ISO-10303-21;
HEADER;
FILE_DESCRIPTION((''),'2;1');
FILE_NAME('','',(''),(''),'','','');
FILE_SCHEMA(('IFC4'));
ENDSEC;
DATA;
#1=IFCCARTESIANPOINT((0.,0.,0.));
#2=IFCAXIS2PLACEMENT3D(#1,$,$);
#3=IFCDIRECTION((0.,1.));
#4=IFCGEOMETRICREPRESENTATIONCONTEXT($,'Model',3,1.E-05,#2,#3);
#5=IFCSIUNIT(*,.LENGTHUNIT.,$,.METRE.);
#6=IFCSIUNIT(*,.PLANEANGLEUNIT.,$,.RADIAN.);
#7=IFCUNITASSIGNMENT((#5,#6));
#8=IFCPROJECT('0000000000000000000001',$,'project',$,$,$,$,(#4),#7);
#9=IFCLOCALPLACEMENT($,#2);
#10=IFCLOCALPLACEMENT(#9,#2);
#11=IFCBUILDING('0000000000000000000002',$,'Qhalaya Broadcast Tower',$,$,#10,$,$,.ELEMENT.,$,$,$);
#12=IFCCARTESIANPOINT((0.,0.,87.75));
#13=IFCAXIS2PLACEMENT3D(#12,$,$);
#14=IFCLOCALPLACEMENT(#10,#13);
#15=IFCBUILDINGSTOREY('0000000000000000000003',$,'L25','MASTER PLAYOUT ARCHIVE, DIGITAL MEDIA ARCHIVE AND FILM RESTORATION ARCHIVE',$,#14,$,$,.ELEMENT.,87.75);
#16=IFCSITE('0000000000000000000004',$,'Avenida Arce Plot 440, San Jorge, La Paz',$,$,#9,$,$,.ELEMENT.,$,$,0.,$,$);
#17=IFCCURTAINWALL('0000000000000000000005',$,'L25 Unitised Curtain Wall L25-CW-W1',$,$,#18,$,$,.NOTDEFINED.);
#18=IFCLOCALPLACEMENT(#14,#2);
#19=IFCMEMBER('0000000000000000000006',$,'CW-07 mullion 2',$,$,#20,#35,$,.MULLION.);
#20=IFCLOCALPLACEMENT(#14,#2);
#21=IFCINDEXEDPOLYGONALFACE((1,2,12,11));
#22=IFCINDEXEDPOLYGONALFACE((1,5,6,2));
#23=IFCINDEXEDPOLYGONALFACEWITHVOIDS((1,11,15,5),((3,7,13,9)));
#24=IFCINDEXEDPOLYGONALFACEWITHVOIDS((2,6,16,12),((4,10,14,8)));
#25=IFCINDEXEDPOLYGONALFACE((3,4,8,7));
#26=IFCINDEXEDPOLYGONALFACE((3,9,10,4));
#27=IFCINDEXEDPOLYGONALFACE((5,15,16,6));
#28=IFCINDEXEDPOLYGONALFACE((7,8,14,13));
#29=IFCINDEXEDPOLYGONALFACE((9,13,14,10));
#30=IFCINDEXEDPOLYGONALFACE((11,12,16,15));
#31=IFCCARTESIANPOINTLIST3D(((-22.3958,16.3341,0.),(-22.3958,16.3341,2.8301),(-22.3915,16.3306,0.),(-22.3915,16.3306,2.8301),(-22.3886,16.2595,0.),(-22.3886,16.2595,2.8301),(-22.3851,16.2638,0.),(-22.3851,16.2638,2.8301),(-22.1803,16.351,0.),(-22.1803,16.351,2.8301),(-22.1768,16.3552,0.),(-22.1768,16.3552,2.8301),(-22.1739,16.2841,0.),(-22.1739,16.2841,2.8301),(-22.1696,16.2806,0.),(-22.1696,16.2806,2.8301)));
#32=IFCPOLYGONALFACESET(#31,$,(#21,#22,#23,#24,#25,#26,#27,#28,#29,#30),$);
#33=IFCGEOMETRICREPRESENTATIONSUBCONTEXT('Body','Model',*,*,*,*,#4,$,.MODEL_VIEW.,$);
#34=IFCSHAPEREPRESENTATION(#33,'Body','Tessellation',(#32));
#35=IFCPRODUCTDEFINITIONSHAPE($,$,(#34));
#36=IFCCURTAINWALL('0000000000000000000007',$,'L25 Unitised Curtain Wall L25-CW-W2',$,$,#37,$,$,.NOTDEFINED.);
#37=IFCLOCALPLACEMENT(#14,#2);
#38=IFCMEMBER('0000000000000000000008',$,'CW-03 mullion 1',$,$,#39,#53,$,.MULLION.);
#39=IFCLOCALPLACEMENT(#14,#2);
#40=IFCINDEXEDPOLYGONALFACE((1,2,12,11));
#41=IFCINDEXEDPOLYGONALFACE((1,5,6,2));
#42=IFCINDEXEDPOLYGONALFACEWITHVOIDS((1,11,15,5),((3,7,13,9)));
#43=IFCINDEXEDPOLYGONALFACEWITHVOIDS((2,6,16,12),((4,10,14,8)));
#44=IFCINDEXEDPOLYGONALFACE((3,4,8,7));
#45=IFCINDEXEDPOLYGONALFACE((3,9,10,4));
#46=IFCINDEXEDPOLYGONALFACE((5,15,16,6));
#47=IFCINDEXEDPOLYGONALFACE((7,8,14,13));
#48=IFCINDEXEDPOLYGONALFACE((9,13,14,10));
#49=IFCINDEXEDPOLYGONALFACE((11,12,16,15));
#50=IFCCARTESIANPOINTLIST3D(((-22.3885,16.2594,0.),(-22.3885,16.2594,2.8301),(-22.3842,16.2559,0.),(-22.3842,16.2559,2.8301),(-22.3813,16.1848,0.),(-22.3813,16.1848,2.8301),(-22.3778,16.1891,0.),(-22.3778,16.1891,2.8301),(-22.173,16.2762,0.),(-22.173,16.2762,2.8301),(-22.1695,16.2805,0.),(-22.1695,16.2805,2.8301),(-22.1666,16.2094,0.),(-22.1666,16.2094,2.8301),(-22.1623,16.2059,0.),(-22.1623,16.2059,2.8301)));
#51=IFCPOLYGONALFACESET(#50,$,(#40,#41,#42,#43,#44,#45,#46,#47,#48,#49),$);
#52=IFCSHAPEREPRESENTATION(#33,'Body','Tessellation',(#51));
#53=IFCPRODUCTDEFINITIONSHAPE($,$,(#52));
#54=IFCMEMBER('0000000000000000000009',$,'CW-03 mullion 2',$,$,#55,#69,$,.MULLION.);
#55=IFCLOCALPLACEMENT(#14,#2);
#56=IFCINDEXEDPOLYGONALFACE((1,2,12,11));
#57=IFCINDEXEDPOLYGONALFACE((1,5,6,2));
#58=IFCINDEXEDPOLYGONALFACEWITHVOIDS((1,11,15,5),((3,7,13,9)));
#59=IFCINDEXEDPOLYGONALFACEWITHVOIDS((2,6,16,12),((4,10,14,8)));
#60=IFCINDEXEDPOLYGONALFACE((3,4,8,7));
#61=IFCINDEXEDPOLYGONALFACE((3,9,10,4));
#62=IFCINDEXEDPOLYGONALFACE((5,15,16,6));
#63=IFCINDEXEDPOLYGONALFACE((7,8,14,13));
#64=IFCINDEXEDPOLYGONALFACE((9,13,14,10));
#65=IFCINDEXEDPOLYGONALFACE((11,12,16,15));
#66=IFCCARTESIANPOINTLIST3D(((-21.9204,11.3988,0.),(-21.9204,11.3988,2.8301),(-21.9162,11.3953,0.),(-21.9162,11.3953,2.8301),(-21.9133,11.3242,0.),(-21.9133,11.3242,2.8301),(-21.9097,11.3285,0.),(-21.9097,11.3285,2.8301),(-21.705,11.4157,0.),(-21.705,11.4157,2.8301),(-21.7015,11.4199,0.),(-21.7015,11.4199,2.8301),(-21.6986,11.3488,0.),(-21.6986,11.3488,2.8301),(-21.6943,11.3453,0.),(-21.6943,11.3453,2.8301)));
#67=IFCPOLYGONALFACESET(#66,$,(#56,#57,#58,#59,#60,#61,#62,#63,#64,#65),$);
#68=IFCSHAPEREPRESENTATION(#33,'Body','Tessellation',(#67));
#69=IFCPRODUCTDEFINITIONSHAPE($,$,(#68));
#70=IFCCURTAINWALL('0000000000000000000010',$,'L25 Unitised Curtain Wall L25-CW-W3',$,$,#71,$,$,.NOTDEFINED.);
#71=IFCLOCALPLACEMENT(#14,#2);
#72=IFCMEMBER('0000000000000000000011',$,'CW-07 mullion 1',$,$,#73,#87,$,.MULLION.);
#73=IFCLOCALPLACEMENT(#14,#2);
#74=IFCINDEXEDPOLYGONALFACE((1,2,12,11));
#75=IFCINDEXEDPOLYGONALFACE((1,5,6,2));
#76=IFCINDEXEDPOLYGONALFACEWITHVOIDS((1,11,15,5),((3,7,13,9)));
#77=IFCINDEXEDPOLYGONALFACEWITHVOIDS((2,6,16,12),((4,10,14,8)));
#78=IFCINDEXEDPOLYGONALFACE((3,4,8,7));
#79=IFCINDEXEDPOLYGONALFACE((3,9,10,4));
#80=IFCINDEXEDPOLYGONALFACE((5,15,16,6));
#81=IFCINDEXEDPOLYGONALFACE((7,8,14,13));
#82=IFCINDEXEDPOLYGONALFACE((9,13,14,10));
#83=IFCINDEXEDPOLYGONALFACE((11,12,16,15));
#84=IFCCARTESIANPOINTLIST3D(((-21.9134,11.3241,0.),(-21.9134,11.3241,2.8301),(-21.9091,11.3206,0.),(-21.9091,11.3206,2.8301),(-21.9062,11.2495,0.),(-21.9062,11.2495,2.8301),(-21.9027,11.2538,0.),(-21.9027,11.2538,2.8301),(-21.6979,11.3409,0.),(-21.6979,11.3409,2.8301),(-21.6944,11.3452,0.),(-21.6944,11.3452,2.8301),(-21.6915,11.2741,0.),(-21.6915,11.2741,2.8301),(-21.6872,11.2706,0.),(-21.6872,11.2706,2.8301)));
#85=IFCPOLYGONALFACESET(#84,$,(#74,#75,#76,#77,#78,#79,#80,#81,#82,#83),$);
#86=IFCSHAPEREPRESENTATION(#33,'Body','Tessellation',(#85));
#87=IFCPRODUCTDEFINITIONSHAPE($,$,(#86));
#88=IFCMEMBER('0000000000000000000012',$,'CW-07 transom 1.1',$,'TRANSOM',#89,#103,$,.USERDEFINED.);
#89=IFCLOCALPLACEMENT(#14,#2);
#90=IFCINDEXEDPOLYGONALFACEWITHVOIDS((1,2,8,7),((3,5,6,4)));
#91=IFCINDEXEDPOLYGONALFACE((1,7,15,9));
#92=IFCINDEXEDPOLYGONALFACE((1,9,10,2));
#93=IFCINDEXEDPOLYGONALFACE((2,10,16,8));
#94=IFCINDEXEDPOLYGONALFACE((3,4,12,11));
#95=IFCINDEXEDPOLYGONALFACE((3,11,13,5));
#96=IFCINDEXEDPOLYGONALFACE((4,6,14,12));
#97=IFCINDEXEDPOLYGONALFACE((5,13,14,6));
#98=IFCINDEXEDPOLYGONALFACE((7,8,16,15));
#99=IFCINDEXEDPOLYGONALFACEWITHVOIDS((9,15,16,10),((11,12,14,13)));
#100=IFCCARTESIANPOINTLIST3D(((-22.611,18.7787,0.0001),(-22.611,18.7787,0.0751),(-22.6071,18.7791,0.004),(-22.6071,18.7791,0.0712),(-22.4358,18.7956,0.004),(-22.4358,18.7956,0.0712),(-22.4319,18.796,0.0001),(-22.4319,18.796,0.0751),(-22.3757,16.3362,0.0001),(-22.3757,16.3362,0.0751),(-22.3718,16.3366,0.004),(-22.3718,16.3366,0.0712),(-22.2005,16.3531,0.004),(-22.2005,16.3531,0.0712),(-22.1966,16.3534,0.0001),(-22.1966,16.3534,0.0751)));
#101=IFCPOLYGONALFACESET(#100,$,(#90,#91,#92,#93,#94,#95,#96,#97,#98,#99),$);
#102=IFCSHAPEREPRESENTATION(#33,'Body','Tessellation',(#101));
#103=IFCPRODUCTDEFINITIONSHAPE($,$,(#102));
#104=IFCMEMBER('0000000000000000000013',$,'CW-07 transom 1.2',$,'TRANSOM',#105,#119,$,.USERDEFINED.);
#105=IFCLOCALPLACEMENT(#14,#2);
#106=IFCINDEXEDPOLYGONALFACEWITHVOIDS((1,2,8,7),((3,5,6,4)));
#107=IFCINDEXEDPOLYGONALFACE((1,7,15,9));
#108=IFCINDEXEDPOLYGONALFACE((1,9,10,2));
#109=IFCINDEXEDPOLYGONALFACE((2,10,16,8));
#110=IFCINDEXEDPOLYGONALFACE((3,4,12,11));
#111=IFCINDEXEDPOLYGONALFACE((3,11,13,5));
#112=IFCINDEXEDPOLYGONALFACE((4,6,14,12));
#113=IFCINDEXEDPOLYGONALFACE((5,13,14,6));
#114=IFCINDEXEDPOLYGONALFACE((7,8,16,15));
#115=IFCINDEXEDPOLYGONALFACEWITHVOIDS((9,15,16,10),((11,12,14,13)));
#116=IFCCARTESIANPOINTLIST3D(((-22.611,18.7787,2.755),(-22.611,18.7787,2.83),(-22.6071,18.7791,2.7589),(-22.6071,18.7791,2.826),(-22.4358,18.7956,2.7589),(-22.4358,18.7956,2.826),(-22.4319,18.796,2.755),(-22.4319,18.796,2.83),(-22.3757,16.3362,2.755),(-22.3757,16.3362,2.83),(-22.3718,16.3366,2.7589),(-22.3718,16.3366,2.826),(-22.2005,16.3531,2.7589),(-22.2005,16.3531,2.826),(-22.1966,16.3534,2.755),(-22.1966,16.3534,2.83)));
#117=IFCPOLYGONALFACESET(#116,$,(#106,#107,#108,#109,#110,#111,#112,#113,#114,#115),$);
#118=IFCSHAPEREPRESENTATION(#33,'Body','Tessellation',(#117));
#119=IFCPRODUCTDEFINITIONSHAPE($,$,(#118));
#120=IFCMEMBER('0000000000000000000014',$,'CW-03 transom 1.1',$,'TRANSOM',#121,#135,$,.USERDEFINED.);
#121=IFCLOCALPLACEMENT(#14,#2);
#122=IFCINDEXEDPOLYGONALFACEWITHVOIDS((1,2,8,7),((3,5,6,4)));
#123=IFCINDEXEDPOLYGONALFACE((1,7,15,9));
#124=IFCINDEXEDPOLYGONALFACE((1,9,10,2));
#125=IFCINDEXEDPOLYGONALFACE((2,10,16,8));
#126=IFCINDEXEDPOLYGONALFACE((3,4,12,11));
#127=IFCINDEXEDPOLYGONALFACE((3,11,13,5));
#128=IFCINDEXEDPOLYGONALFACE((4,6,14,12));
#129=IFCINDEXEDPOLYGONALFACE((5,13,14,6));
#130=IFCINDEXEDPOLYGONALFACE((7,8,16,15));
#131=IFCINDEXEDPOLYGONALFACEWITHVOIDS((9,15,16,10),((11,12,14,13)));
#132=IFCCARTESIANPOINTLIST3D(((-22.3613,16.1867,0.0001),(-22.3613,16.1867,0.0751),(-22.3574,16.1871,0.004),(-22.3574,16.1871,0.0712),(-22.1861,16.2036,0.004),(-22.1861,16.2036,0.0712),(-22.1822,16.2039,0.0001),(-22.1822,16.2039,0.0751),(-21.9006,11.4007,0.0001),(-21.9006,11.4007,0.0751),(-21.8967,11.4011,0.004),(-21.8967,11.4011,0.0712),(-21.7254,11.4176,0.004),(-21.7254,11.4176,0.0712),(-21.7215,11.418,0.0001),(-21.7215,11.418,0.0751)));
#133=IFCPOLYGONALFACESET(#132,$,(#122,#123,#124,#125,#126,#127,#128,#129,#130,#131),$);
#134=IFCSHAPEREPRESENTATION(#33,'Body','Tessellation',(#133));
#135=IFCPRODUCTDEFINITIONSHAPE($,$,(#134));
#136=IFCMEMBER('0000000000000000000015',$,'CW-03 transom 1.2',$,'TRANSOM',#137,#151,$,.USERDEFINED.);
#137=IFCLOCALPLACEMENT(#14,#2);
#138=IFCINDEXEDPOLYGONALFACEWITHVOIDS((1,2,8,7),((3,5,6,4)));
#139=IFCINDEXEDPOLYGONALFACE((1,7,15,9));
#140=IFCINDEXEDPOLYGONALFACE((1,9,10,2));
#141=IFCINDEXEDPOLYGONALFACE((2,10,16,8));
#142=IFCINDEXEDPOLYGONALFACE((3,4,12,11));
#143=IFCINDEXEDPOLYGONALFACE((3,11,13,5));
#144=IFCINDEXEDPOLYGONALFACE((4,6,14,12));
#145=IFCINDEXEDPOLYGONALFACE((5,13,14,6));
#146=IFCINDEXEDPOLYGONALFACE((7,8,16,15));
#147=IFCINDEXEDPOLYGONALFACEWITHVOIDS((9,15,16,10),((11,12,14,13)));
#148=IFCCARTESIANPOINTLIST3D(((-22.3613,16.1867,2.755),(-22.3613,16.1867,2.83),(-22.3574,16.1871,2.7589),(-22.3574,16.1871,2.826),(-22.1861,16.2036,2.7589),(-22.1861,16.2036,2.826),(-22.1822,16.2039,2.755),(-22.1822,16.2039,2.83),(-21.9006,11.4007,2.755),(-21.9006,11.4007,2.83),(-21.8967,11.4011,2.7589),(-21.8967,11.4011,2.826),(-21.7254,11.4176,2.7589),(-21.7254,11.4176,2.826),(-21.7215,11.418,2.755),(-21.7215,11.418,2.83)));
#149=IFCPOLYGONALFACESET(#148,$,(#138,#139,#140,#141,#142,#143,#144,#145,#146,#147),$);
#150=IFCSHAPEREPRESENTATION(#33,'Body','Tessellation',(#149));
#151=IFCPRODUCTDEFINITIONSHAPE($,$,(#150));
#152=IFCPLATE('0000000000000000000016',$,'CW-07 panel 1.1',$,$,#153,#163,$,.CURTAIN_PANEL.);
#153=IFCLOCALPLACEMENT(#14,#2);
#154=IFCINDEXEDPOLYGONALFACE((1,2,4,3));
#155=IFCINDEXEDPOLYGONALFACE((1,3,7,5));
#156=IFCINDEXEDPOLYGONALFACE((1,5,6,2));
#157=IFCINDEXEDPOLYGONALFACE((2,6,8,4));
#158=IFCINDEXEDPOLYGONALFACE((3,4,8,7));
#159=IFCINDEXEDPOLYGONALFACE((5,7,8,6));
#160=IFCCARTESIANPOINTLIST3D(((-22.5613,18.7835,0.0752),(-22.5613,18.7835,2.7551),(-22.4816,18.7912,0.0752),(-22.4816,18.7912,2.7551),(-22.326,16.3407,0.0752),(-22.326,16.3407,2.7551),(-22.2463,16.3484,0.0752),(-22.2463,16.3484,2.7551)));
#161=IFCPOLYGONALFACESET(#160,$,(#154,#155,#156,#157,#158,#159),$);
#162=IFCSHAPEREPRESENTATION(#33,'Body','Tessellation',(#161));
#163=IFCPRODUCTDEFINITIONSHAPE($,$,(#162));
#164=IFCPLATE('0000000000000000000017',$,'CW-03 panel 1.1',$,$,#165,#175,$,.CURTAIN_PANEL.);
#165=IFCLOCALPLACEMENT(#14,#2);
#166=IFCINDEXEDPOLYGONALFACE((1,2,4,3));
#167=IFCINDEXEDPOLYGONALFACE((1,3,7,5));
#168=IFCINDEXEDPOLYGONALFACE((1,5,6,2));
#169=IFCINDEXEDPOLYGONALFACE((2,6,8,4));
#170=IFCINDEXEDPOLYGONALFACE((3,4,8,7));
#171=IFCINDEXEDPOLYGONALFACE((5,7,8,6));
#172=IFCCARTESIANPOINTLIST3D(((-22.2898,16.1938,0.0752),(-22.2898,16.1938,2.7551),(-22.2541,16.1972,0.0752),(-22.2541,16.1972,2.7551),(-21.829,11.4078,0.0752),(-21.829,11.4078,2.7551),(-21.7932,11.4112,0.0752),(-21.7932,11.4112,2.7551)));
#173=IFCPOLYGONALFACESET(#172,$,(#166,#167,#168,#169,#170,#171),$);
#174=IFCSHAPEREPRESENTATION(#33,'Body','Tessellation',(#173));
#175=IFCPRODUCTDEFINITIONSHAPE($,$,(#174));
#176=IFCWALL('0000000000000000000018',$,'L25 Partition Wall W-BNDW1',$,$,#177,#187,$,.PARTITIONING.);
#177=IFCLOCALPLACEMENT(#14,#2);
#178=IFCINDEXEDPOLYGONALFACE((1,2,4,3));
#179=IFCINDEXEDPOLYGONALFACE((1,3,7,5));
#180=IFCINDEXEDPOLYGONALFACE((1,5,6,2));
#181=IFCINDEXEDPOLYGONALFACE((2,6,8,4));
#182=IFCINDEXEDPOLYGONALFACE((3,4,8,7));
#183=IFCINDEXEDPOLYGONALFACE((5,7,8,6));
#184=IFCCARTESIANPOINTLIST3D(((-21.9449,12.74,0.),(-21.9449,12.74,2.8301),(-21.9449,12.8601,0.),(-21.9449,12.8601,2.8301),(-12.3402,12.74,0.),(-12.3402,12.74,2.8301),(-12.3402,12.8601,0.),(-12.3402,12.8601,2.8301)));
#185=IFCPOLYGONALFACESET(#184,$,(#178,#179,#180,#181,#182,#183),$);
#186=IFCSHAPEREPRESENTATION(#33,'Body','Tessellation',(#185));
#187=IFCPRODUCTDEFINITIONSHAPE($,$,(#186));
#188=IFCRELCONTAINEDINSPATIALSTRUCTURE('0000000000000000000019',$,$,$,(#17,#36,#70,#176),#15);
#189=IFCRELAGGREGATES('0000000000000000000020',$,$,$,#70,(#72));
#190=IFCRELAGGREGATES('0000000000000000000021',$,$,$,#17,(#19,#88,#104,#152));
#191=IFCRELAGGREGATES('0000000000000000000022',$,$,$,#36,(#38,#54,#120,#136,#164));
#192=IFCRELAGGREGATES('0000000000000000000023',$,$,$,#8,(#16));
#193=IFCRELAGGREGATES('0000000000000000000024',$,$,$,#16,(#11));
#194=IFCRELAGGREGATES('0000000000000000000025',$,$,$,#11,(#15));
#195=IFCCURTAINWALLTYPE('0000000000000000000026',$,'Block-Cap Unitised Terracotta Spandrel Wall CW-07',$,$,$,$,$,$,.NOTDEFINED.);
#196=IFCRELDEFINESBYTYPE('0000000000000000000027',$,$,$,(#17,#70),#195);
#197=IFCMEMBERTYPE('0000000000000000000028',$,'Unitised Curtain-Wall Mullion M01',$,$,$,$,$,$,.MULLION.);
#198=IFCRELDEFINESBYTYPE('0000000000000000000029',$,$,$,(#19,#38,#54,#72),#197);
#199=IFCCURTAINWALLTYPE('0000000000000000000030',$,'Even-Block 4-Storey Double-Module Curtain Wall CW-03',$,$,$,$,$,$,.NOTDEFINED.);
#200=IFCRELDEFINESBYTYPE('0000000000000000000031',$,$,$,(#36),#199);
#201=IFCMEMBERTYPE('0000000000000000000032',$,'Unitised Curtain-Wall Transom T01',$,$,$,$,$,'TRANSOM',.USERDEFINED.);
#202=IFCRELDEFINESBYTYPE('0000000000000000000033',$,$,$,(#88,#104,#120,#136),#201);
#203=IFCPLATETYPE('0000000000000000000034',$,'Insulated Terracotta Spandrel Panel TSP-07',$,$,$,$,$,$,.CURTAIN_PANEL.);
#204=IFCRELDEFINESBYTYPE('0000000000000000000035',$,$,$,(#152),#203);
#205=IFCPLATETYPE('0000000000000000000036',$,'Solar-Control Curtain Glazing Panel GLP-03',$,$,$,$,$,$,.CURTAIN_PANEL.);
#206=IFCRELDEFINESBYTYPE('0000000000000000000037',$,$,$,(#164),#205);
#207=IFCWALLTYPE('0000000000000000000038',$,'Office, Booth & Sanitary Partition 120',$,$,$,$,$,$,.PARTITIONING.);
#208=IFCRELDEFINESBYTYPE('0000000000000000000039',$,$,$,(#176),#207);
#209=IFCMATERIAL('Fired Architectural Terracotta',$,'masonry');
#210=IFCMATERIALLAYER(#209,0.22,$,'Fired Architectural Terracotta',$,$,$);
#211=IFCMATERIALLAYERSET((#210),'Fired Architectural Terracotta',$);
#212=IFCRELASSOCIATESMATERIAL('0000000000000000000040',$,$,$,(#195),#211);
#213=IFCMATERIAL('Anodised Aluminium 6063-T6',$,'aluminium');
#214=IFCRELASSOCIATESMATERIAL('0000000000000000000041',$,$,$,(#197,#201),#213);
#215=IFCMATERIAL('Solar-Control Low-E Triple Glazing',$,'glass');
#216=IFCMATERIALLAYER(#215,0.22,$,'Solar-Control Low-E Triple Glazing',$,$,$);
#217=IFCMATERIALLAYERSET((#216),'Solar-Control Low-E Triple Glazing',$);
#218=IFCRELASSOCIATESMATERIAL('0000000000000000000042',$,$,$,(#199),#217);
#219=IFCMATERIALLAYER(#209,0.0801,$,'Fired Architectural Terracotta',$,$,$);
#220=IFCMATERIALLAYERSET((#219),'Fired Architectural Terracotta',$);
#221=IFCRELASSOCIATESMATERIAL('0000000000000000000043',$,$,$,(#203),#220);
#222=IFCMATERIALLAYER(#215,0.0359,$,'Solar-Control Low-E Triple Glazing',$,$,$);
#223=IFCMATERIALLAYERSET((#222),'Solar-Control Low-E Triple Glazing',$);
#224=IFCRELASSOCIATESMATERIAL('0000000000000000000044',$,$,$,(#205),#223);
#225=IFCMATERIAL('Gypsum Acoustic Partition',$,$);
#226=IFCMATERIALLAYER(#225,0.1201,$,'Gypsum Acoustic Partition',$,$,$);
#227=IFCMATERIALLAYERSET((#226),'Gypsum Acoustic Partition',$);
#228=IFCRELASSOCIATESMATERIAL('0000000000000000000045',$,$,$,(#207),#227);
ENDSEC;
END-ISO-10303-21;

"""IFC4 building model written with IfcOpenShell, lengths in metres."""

from ifc_helpers import new_model, si_unit, direction, frame, frame_2d, origin, origin_2d, place, context, subcontext, project, spatial, rectangle, hollow_rectangle, extrude, material, layer, layer_set, material_profile, profile_set, type_object, element, aggregate, save


model = new_model("IFC4")

# Units and contexts
model_context = context("Model", 3, precision=1e-05, world=origin(), true_north=direction((0.0, 1.0)))
body_context = subcontext(model_context, "Body", "Model", "MODEL_VIEW")
ifc_project = project(units=[si_unit("LENGTHUNIT", "METRE"), si_unit("PLANEANGLEUNIT", "RADIAN")], contexts=[model_context])

# Site, building, storey
site_placement = place(None, origin())
site = spatial("IfcSite", under=ifc_project, at=site_placement, Name="Avenida Arce Plot 440, San Jorge, La Paz", CompositionType="ELEMENT", RefElevation=0.0)
building_placement = place(site_placement, origin())
building = spatial("IfcBuilding", under=site, at=building_placement, Name="Qhalaya Broadcast Tower", CompositionType="ELEMENT")
storey_placement = place(building_placement, frame((0.0, 0.0, 87.75)))
storey = spatial("IfcBuildingStorey", under=building, at=storey_placement, Name="L25", Description="MASTER PLAYOUT ARCHIVE, DIGITAL MEDIA ARCHIVE AND FILM RESTORATION ARCHIVE", CompositionType="ELEMENT", Elevation=87.75)

# Shared definitions
ifc_material_1 = material(Name="Fired Architectural Terracotta", Category="masonry")

# Shared definitions
ifc_layer_1 = layer(ifc_material_1, 0.22, Name="Fired Architectural Terracotta")
ifc_layer_set_1 = layer_set([ifc_layer_1], Name="Fired Architectural Terracotta")
curtain_wall_type_1 = type_object("IfcCurtainWallType", Name="Block-Cap Unitised Terracotta Spandrel Wall CW-07", PredefinedType="NOTDEFINED", material=ifc_layer_set_1)
ifc_material_2 = material(Name="Anodised Aluminium 6063-T6", Category="aluminium")
ifc_material_profile_1 = material_profile(ifc_material_2, hollow_rectangle(XDim=0.075, YDim=0.22, WallThickness=0.0039, at=origin_2d()), Name="ALU-MUL 75x220x4")
ifc_profile_set_1 = profile_set([ifc_material_profile_1], Name="Anodised Aluminium 6063-T6")
member_type_1 = type_object("IfcMemberType", Name="Unitised Curtain-Wall Mullion M01", PredefinedType="MULLION", material=ifc_profile_set_1)

# Curtain walls, members
curtain_wall_1_placement = place(storey_placement, origin())
curtain_wall_1 = element("IfcCurtainWall", 1, at=curtain_wall_1_placement, inside=storey, type_object=curtain_wall_type_1, Name="L25 Unitised Curtain Wall L25-CW-W1", PredefinedType="NOTDEFINED")
member_1_placement = place(storey_placement, frame((-22.2827, 16.3074, 0.0), z_axis=(0.0, 0.0, 1.0), x_axis=(0.095853, -0.995396, 0.0)))
member_1 = element("IfcMember", 2, at=member_1_placement, type_object=member_type_1, Name="CW-07 mullion 2", PredefinedType="MULLION", context=body_context, shape_type="SweptSolid", body=[
    extrude(hollow_rectangle(XDim=0.075, YDim=0.22, WallThickness=0.0039, at=origin_2d()), origin(), (0.0, 0.0, 1.0), 2.8301),
])
ifc_material_3 = material(Name="Solar-Control Low-E Triple Glazing", Category="glass")
ifc_layer_2 = layer(ifc_material_3, 0.22, Name="Solar-Control Low-E Triple Glazing")
ifc_layer_set_2 = layer_set([ifc_layer_2], Name="Solar-Control Low-E Triple Glazing")
curtain_wall_type_2 = type_object("IfcCurtainWallType", Name="Even-Block 4-Storey Double-Module Curtain Wall CW-03", PredefinedType="NOTDEFINED", material=ifc_layer_set_2)
curtain_wall_2_placement = place(storey_placement, origin())
curtain_wall_2 = element("IfcCurtainWall", 3, at=curtain_wall_2_placement, inside=storey, type_object=curtain_wall_type_2, Name="L25 Unitised Curtain Wall L25-CW-W2", PredefinedType="NOTDEFINED")
member_2_placement = place(storey_placement, frame((-22.2754, 16.2327, 0.0), z_axis=(0.0, 0.0, 1.0), x_axis=(0.095845, -0.995396, 0.0)))
member_2 = element("IfcMember", 4, at=member_2_placement, type_object=member_type_1, Name="CW-03 mullion 1", PredefinedType="MULLION", context=body_context, shape_type="SweptSolid", body=[
    extrude(hollow_rectangle(XDim=0.075, YDim=0.22, WallThickness=0.0039, at=origin_2d()), origin(), (0.0, 0.0, 1.0), 2.8301),
])
member_3_placement = place(storey_placement, frame((-21.8074, 11.3721, 0.0), z_axis=(0.0, 0.0, 1.0), x_axis=(0.095845, -0.995396, 0.0)))
member_3 = element("IfcMember", 5, at=member_3_placement, type_object=member_type_1, Name="CW-03 mullion 2", PredefinedType="MULLION", context=body_context, shape_type="SweptSolid", body=[
    extrude(hollow_rectangle(XDim=0.075, YDim=0.22, WallThickness=0.0039, at=origin_2d()), origin(), (0.0, 0.0, 1.0), 2.8301),
])

# Curtain wall, member
curtain_wall_3_placement = place(storey_placement, origin())
curtain_wall_3 = element("IfcCurtainWall", 6, at=curtain_wall_3_placement, inside=storey, type_object=curtain_wall_type_1, Name="L25 Unitised Curtain Wall L25-CW-W3", PredefinedType="NOTDEFINED")
member_4_placement = place(storey_placement, frame((-21.8003, 11.2974, 0.0), z_axis=(0.0, 0.0, 1.0), x_axis=(0.095849, -0.995396, 0.0)))
member_4 = element("IfcMember", 7, at=member_4_placement, type_object=member_type_1, Name="CW-07 mullion 1", PredefinedType="MULLION", context=body_context, shape_type="SweptSolid", body=[
    extrude(hollow_rectangle(XDim=0.075, YDim=0.22, WallThickness=0.0039, at=origin_2d()), origin(), (0.0, 0.0, 1.0), 2.8301),
])
aggregate(curtain_wall_3, [member_4])

# Members
ifc_material_profile_2 = material_profile(ifc_material_2, hollow_rectangle(XDim=0.075, YDim=0.1799, WallThickness=0.0039, at=origin_2d()), Name="ALU-TRN 75x180x4")
ifc_profile_set_2 = profile_set([ifc_material_profile_2], Name="Anodised Aluminium 6063-T6")
member_type_2 = type_object("IfcMemberType", Name="Unitised Curtain-Wall Transom T01", ElementType="TRANSOM", PredefinedType="USERDEFINED", material=ifc_profile_set_2)
member_5_placement = place(storey_placement, frame((-22.5215, 18.7874, 0.0376), z_axis=(0.095908, -0.99539, 0.0), x_axis=(0.0, 0.0, 1.0)))
member_5 = element("IfcMember", 8, at=member_5_placement, type_object=member_type_2, Name="CW-07 transom 1.1", ObjectType="TRANSOM", PredefinedType="USERDEFINED", context=body_context, shape_type="SweptSolid", body=[
    extrude(hollow_rectangle(XDim=0.075, YDim=0.1799, WallThickness=0.0039, at=origin_2d()), origin(), (0.0, 0.0, 1.0), 2.4539),
])
member_6_placement = place(storey_placement, frame((-22.5215, 18.7874, 2.7925), z_axis=(0.095908, -0.99539, 0.0), x_axis=(0.0, 0.0, 1.0)))
member_6 = element("IfcMember", 9, at=member_6_placement, type_object=member_type_2, Name="CW-07 transom 1.2", ObjectType="TRANSOM", PredefinedType="USERDEFINED", context=body_context, shape_type="SweptSolid", body=[
    extrude(hollow_rectangle(XDim=0.075, YDim=0.1799, WallThickness=0.0039, at=origin_2d()), origin(), (0.0, 0.0, 1.0), 2.4539),
])
member_7_placement = place(storey_placement, frame((-22.2717, 16.1953, 0.0376), z_axis=(0.095818, -0.995399, 0.0), x_axis=(0.0, 0.0, 1.0)))
member_7 = element("IfcMember", 10, at=member_7_placement, type_object=member_type_2, Name="CW-03 transom 1.1", ObjectType="TRANSOM", PredefinedType="USERDEFINED", context=body_context, shape_type="SweptSolid", body=[
    extrude(hollow_rectangle(XDim=0.075, YDim=0.1799, WallThickness=0.0039, at=origin_2d()), origin(), (0.0, 0.0, 1.0), 4.8081),
])
member_8_placement = place(storey_placement, frame((-22.2717, 16.1953, 2.7925), z_axis=(0.095818, -0.995399, 0.0), x_axis=(0.0, 0.0, 1.0)))
member_8 = element("IfcMember", 11, at=member_8_placement, type_object=member_type_2, Name="CW-03 transom 1.2", ObjectType="TRANSOM", PredefinedType="USERDEFINED", context=body_context, shape_type="SweptSolid", body=[
    extrude(hollow_rectangle(XDim=0.075, YDim=0.1799, WallThickness=0.0039, at=origin_2d()), origin(), (0.0, 0.0, 1.0), 4.8081),
])

# Plates
ifc_layer_3 = layer(ifc_material_1, 0.0801, Name="Fired Architectural Terracotta")
ifc_layer_set_3 = layer_set([ifc_layer_3], Name="Fired Architectural Terracotta")
plate_type_1 = type_object("IfcPlateType", Name="Insulated Terracotta Spandrel Panel TSP-07", PredefinedType="CURTAIN_PANEL", material=ifc_layer_set_3)
plate_1_placement = place(storey_placement, frame((-22.4038, 17.5659, 0.0752), z_axis=(0.0, 0.0, 1.0), x_axis=(0.095853, -0.995396, 0.0)))
plate_1 = element("IfcPlate", 12, at=plate_1_placement, type_object=plate_type_1, Name="CW-07 panel 1.1", PredefinedType="CURTAIN_PANEL", context=body_context, shape_type="SweptSolid", body=[
    extrude(rectangle(XDim=2.4541, YDim=0.0801, at=origin_2d()), origin(), (0.0, 0.0, 1.0), 2.6799),
])
aggregate(curtain_wall_1, [member_1, member_5, member_6, plate_1])
ifc_layer_4 = layer(ifc_material_3, 0.0359, Name="Solar-Control Low-E Triple Glazing")
ifc_layer_set_4 = layer_set([ifc_layer_4], Name="Solar-Control Low-E Triple Glazing")
plate_type_2 = type_object("IfcPlateType", Name="Solar-Control Curtain Glazing Panel GLP-03", PredefinedType="CURTAIN_PANEL", material=ifc_layer_set_4)
plate_2_placement = place(storey_placement, frame((-22.0415, 13.8025, 0.0752), z_axis=(0.0, 0.0, 1.0), x_axis=(0.095845, -0.995396, 0.0)))
plate_2 = element("IfcPlate", 13, at=plate_2_placement, type_object=plate_type_2, Name="CW-03 panel 1.1", PredefinedType="CURTAIN_PANEL", context=body_context, shape_type="SweptSolid", body=[
    extrude(rectangle(XDim=4.8081, YDim=0.0359, at=origin_2d()), origin(), (0.0, 0.0, 1.0), 2.6799),
])
aggregate(curtain_wall_2, [member_2, member_3, member_7, member_8, plate_2])

# Wall
ifc_material_4 = material(Name="Gypsum Acoustic Partition")
ifc_layer_5 = layer(ifc_material_4, 0.1201, Name="Gypsum Acoustic Partition")
ifc_layer_set_5 = layer_set([ifc_layer_5], Name="Gypsum Acoustic Partition")
wall_type = type_object("IfcWallType", Name="Office, Booth & Sanitary Partition 120", PredefinedType="PARTITIONING", material=ifc_layer_set_5)
wall_placement = place(storey_placement, frame((-21.9448, 12.8, 0.0), z_axis=(0.0, 0.0, 1.0), x_axis=(1.0, 0.0, 0.0)))
element("IfcWall", 14, at=wall_placement, inside=storey, type_object=wall_type, Name="L25 Partition Wall W-BNDW1", PredefinedType="PARTITIONING", context=body_context, shape_type="SweptSolid", body=[
    extrude(rectangle(XDim=9.6047, YDim=0.1201, at=frame_2d((4.8022, 0.0))), origin(), (0.0, 0.0, 1.0), 2.8301),
])

save(model, "model.ifc")
